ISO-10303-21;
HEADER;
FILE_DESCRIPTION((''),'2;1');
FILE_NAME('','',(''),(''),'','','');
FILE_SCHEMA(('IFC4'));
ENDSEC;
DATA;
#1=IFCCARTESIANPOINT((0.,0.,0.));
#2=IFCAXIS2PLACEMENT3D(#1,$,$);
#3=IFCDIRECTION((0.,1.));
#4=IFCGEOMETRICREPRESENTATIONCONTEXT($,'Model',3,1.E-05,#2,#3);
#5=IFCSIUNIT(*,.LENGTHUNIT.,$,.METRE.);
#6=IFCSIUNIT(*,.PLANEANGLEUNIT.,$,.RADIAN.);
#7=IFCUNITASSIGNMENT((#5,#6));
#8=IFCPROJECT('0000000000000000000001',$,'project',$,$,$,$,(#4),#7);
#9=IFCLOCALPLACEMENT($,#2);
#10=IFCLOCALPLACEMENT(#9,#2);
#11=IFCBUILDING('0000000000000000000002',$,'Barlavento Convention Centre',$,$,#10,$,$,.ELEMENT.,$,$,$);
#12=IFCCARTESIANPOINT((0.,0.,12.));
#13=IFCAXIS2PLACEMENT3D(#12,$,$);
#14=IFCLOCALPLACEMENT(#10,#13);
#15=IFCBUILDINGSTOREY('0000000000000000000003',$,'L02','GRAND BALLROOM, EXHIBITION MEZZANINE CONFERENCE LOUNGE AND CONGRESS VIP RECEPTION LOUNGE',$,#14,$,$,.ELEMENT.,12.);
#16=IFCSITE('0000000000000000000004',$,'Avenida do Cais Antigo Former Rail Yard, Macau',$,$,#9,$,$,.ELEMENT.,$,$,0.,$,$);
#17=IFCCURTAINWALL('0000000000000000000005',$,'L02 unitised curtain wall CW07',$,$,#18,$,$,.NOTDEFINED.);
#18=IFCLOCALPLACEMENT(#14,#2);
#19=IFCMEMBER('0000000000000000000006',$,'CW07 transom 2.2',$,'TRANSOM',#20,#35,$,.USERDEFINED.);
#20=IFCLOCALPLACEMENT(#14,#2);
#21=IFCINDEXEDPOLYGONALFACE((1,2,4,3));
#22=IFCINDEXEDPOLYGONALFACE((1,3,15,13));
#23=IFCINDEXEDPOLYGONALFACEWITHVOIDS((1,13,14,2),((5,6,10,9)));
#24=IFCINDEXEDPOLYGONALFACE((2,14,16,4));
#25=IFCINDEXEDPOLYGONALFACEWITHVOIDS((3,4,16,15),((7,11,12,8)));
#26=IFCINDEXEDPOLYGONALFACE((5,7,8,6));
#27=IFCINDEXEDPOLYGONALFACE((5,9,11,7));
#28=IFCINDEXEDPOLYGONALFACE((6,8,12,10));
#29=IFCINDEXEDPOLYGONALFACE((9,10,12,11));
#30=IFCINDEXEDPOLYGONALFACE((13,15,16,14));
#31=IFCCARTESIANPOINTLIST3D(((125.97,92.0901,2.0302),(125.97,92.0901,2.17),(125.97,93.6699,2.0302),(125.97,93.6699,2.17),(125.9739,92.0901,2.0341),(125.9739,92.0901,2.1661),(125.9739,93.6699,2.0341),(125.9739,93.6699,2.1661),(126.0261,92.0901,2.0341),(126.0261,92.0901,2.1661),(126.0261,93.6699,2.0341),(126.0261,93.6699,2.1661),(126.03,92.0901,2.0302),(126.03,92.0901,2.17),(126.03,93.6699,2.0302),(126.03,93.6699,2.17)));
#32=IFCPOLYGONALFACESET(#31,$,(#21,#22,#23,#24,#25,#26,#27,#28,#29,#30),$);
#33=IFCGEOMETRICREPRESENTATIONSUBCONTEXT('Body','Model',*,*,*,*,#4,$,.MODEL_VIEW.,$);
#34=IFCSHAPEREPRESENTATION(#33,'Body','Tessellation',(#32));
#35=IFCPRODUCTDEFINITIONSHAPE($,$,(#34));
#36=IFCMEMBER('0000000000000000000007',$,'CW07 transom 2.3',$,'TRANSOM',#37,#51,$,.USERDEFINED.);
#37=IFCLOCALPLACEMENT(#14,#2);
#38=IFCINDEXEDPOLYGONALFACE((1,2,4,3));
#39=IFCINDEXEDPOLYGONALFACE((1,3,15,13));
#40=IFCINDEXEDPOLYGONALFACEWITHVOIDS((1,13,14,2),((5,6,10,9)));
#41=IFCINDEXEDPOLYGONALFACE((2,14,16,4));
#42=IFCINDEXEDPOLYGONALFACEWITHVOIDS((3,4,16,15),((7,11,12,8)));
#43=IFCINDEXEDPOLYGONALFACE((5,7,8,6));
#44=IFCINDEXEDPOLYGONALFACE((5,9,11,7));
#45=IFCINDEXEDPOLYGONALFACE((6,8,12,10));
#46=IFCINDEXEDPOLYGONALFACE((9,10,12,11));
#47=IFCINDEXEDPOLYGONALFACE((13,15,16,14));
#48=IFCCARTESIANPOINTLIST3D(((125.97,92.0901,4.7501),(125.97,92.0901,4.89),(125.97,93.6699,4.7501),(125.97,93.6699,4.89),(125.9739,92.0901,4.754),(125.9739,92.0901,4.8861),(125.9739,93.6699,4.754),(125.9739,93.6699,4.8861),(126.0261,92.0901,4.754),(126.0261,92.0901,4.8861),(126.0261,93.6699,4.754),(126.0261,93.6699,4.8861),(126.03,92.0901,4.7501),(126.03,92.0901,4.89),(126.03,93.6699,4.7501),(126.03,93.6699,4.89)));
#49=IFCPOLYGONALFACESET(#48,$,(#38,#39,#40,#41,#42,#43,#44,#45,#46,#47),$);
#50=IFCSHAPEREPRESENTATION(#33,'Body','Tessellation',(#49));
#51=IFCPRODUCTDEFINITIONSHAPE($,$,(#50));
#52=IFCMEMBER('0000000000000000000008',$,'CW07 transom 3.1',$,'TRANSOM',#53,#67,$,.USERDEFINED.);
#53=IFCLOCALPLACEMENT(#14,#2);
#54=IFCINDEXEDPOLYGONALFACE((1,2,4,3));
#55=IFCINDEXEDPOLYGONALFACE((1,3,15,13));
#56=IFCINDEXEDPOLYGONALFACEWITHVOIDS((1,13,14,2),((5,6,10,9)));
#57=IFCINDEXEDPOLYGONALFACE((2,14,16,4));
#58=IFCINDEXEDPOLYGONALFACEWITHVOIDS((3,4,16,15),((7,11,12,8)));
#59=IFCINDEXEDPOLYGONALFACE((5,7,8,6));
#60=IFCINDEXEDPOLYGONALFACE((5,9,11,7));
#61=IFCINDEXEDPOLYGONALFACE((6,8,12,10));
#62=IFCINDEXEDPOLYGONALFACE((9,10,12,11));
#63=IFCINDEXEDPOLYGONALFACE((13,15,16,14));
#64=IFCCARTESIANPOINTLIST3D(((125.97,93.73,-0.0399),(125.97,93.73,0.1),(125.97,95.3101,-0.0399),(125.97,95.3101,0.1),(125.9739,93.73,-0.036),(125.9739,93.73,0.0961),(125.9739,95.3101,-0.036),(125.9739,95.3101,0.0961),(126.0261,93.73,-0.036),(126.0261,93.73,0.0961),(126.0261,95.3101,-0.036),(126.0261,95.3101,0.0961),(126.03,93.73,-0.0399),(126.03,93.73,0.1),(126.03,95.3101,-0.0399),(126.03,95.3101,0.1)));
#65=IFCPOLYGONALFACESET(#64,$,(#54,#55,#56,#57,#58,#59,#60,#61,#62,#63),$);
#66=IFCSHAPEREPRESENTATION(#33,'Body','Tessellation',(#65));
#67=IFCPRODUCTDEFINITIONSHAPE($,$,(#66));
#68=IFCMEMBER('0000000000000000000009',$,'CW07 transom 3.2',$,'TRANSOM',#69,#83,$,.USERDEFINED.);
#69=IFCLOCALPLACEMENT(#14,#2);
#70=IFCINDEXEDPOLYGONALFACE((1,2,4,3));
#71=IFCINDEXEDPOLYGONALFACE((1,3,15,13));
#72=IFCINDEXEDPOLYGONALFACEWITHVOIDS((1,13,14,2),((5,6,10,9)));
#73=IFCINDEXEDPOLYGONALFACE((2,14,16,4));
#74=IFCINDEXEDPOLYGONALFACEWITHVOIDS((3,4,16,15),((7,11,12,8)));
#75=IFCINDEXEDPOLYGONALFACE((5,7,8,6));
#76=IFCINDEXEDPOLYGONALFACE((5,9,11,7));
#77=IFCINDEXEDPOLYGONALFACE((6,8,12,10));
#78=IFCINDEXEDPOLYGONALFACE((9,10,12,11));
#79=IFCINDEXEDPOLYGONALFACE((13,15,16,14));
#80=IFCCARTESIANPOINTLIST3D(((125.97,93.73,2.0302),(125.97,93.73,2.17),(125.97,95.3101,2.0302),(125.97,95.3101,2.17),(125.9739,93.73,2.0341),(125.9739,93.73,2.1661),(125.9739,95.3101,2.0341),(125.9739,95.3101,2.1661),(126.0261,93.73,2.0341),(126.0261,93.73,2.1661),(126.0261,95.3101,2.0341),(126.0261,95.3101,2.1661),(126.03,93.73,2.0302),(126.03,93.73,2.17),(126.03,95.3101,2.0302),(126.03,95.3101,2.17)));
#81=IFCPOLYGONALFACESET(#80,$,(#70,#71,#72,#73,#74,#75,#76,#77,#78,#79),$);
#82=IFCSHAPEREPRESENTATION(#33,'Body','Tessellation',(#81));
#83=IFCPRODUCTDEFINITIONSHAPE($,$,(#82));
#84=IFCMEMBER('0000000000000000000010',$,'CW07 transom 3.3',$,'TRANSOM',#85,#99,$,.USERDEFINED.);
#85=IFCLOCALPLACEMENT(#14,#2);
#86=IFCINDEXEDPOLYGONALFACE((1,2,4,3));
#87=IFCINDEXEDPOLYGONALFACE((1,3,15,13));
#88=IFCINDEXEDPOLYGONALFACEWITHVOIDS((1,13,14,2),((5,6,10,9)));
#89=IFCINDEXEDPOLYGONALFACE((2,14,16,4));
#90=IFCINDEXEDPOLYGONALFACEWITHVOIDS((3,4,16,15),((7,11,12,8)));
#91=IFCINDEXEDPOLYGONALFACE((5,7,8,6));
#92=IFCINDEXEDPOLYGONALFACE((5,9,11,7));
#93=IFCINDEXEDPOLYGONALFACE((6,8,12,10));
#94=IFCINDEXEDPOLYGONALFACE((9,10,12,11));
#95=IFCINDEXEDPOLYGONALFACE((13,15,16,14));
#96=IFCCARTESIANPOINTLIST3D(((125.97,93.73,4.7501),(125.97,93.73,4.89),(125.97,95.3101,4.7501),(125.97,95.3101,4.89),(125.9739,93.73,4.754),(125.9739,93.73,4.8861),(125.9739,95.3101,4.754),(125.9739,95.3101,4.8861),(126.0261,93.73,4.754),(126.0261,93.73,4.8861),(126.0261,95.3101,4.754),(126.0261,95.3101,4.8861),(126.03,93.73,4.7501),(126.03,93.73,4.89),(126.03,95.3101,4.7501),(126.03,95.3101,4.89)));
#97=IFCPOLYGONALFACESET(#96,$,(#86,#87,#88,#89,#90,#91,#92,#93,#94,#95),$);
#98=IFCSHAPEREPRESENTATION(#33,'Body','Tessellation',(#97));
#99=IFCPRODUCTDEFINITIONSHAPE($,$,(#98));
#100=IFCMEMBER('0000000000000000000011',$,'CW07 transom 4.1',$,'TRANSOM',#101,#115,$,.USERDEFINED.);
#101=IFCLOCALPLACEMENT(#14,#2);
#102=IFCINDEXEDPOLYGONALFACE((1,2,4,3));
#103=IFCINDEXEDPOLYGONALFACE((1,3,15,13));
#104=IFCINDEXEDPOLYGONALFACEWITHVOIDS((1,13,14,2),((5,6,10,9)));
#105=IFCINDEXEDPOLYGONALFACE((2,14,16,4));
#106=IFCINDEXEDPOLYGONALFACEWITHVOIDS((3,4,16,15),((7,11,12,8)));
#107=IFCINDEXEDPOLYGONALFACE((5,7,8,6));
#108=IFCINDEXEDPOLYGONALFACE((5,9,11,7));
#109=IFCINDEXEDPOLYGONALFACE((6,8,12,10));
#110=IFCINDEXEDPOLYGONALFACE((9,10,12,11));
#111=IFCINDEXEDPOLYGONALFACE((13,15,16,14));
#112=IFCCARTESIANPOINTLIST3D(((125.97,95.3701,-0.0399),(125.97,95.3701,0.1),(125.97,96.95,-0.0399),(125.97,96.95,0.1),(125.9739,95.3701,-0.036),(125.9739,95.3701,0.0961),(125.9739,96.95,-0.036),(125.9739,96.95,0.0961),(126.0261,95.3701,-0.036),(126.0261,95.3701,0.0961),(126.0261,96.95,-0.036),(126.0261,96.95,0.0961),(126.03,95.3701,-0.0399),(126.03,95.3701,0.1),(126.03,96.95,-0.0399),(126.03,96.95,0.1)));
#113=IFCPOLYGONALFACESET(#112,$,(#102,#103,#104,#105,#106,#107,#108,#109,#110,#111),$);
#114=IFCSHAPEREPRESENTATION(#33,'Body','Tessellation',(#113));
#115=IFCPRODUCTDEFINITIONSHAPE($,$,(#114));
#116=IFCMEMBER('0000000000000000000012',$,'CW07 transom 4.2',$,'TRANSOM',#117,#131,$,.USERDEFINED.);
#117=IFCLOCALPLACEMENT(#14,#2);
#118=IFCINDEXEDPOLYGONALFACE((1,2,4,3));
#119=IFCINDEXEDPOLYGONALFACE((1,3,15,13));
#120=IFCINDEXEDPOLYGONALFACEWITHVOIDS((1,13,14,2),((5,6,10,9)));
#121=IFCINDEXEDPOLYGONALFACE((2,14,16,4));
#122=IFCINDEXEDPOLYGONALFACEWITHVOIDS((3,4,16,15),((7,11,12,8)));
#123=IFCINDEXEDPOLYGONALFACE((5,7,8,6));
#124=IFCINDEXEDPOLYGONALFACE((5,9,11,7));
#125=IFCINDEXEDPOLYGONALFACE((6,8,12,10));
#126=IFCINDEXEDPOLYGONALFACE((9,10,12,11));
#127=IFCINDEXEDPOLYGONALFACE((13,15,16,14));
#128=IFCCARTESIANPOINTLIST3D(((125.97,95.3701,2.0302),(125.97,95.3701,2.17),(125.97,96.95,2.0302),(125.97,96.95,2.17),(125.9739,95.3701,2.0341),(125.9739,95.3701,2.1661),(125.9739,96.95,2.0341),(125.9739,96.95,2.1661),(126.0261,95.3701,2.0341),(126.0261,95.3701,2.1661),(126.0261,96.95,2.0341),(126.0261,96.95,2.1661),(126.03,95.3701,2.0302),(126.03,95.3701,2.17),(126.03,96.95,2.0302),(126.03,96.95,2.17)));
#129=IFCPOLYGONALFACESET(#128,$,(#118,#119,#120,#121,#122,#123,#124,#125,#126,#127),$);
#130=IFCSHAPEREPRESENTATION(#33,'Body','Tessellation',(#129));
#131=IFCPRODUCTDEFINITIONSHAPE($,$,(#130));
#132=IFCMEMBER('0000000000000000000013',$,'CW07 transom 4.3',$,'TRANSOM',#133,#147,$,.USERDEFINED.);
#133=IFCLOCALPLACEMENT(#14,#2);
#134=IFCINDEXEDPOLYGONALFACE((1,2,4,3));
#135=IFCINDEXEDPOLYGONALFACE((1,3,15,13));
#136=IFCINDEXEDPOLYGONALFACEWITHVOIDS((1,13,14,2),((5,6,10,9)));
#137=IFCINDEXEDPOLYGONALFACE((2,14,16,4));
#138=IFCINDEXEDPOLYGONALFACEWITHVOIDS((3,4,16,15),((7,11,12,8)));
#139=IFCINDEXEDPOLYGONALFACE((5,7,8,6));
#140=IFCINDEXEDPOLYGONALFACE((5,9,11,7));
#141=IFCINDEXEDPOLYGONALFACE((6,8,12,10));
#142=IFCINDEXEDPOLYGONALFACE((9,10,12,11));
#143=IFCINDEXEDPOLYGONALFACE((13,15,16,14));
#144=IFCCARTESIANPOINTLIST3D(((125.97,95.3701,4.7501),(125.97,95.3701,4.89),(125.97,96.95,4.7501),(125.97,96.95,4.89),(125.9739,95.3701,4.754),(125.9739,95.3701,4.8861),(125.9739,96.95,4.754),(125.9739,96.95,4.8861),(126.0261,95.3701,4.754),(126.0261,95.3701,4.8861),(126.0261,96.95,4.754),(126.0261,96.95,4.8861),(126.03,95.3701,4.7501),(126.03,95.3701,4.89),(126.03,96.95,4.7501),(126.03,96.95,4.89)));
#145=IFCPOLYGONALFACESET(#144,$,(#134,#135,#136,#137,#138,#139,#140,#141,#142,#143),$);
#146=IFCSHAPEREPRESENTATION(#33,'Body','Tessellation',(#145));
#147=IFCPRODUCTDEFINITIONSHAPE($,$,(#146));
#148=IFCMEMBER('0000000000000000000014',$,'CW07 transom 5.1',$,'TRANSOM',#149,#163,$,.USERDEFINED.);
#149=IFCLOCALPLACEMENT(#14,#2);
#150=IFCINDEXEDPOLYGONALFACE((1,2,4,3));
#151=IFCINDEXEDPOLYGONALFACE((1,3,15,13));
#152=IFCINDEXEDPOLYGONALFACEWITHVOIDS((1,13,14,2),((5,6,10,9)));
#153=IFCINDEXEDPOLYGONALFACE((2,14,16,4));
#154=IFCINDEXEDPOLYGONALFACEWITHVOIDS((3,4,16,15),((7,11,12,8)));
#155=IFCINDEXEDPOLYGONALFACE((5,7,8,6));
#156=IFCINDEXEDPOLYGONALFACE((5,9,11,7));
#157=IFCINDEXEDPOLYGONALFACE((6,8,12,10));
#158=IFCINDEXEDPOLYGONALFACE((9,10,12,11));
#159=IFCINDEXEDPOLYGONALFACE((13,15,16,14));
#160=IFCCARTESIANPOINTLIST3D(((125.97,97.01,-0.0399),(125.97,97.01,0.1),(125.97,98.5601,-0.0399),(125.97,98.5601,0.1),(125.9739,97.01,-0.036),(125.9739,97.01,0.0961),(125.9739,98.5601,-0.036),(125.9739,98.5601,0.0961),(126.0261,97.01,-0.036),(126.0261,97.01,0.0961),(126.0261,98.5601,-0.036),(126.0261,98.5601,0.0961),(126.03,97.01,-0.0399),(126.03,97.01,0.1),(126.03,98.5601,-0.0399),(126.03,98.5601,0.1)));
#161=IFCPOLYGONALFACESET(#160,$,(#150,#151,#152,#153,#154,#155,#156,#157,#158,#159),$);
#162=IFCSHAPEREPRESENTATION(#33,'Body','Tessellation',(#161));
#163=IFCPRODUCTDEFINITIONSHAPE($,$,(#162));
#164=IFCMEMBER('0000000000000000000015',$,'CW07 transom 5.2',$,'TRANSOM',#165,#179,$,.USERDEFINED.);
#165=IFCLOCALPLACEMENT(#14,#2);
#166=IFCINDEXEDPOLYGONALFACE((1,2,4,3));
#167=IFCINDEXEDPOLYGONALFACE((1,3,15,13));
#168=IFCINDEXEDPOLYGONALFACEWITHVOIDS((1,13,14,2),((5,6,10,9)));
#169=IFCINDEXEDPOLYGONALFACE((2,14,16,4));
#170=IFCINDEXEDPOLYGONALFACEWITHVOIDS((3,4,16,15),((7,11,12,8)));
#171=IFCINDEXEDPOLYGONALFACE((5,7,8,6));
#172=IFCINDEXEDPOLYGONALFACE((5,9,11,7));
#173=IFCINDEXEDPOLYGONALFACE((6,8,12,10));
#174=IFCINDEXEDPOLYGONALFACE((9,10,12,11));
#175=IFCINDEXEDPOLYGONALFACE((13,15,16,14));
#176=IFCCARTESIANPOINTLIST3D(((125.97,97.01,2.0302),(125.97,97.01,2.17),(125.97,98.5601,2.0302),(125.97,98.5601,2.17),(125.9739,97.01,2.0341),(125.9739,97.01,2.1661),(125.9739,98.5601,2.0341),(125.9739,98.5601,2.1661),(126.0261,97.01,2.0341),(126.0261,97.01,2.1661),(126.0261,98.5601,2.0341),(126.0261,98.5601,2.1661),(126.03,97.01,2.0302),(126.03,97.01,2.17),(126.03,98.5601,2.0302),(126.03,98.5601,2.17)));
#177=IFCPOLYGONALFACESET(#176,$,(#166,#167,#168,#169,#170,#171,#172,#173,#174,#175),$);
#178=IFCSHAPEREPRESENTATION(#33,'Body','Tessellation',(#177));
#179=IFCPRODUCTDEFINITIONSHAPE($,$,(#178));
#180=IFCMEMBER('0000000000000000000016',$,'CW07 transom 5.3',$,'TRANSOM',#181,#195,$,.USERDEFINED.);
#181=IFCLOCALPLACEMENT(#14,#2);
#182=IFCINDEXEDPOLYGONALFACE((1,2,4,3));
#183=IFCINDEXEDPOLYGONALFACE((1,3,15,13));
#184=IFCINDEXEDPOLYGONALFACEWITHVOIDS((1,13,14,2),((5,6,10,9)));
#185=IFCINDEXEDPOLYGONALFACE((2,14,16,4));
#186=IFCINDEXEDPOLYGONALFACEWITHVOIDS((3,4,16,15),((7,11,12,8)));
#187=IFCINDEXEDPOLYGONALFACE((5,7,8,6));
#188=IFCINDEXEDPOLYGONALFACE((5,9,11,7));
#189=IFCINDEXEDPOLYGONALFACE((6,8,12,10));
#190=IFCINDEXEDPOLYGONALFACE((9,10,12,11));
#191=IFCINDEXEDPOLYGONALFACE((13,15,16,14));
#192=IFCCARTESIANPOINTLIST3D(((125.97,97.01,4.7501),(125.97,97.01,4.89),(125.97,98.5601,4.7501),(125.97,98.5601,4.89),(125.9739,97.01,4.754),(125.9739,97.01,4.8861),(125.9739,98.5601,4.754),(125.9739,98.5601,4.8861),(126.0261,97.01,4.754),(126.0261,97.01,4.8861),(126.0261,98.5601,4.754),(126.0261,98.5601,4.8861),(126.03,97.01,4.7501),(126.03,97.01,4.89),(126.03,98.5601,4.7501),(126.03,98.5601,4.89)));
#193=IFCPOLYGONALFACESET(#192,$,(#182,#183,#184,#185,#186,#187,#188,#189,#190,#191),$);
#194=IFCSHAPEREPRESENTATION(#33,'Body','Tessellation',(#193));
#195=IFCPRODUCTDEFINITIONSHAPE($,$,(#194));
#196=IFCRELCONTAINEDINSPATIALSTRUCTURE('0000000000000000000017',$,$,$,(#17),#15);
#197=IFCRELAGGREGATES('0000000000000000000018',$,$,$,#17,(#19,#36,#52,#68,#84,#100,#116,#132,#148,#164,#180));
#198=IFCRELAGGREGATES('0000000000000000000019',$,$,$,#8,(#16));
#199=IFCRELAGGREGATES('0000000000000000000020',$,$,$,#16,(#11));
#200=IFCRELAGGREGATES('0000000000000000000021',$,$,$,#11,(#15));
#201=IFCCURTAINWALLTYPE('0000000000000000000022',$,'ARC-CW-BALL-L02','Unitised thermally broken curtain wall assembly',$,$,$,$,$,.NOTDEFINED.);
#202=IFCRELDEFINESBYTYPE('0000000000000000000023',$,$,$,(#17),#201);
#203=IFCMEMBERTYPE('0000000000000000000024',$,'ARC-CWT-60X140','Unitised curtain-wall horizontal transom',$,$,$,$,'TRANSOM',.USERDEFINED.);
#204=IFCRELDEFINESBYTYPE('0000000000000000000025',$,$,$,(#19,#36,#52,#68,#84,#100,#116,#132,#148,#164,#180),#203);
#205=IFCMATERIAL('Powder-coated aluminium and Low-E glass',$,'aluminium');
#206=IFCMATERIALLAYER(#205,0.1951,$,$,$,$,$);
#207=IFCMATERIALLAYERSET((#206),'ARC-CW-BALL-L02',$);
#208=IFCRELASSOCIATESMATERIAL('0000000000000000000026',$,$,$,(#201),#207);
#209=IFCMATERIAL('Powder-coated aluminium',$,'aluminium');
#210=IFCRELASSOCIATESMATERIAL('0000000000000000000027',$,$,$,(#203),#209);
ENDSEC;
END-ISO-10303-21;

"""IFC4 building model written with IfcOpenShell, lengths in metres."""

from ifc_helpers import new_model, si_unit, direction, frame, origin, origin_2d, place, context, subcontext, project, spatial, hollow_rectangle, extrude, material, layer, layer_set, material_profile, profile_set, type_object, element, aggregate, save


model = new_model("IFC4")

# Units and contexts
model_context = context("Model", 3, precision=1e-05, world=origin(), true_north=direction((0.0, 1.0)))
body_context = subcontext(model_context, "Body", "Model", "MODEL_VIEW")
ifc_project = project(units=[si_unit("LENGTHUNIT", "METRE"), si_unit("PLANEANGLEUNIT", "RADIAN")], contexts=[model_context])

# Site, building, storey
site_placement = place(None, origin())
site = spatial("IfcSite", under=ifc_project, at=site_placement, Name="Avenida do Cais Antigo Former Rail Yard, Macau", CompositionType="ELEMENT", RefElevation=0.0)
building_placement = place(site_placement, origin())
building = spatial("IfcBuilding", under=site, at=building_placement, Name="Barlavento Convention Centre", CompositionType="ELEMENT")
storey_placement = place(building_placement, frame((0.0, 0.0, 12.0)))
storey = spatial("IfcBuildingStorey", under=building, at=storey_placement, Name="L02", Description="GRAND BALLROOM, EXHIBITION MEZZANINE CONFERENCE LOUNGE AND CONGRESS VIP RECEPTION LOUNGE", CompositionType="ELEMENT", Elevation=12.0)

# Curtain wall
ifc_material_1 = material(Name="Powder-coated aluminium and Low-E glass", Category="aluminium")
ifc_layer_1 = layer(ifc_material_1, 0.1951)
ifc_layer_set_1 = layer_set([ifc_layer_1], Name="ARC-CW-BALL-L02")
curtain_wall_type = type_object("IfcCurtainWallType", Name="ARC-CW-BALL-L02", Description="Unitised thermally broken curtain wall assembly", PredefinedType="NOTDEFINED", material=ifc_layer_set_1)
curtain_wall_1_placement = place(storey_placement, origin())
curtain_wall_1 = element("IfcCurtainWall", 1, at=curtain_wall_1_placement, inside=storey, type_object=curtain_wall_type, Name="L02 unitised curtain wall CW07", PredefinedType="NOTDEFINED")
ifc_material_2 = material(Name="Powder-coated aluminium", Category="aluminium")

# Members
ifc_material_profile_1 = material_profile(ifc_material_2, hollow_rectangle(XDim=0.0601, YDim=0.1399, WallThickness=0.0039, at=origin_2d()), Name="AL-TRAN 60x140x4")
ifc_profile_set_1 = profile_set([ifc_material_profile_1], Name="Powder-coated aluminium")
member_type_1 = type_object("IfcMemberType", Name="ARC-CWT-60X140", Description="Unitised curtain-wall horizontal transom", ElementType="TRANSOM", PredefinedType="USERDEFINED", material=ifc_profile_set_1)
member_1_placement = place(storey_placement, frame((126.0, 92.0901, 2.1001), z_axis=(0.0, 1.0, 0.0), x_axis=(-1.0, 0.0, 0.0)))
member_1 = element("IfcMember", 2, at=member_1_placement, type_object=member_type_1, Name="CW07 transom 2.2", ObjectType="TRANSOM", PredefinedType="USERDEFINED", context=body_context, shape_type="SweptSolid", body=[
    extrude(hollow_rectangle(XDim=0.0601, YDim=0.1399, WallThickness=0.0039, at=origin_2d()), origin(), (0.0, 0.0, 1.0), 1.5798),
])
member_2_placement = place(storey_placement, frame((126.0, 92.0901, 4.8201), z_axis=(0.0, 1.0, 0.0), x_axis=(-1.0, 0.0, 0.0)))
member_2 = element("IfcMember", 3, at=member_2_placement, type_object=member_type_1, Name="CW07 transom 2.3", ObjectType="TRANSOM", PredefinedType="USERDEFINED", context=body_context, shape_type="SweptSolid", body=[
    extrude(hollow_rectangle(XDim=0.0601, YDim=0.1399, WallThickness=0.0039, at=origin_2d()), origin(), (0.0, 0.0, 1.0), 1.5798),
])
member_3_placement = place(storey_placement, frame((126.0, 93.73, 0.03), z_axis=(0.0, 1.0, 0.0), x_axis=(-1.0, 0.0, 0.0)))
member_3 = element("IfcMember", 4, at=member_3_placement, type_object=member_type_1, Name="CW07 transom 3.1", ObjectType="TRANSOM", PredefinedType="USERDEFINED", context=body_context, shape_type="SweptSolid", body=[
    extrude(hollow_rectangle(XDim=0.0601, YDim=0.1399, WallThickness=0.0039, at=origin_2d()), origin(), (0.0, 0.0, 1.0), 1.5801),
])
member_4_placement = place(storey_placement, frame((126.0, 93.73, 2.1001), z_axis=(0.0, 1.0, 0.0), x_axis=(-1.0, 0.0, 0.0)))
member_4 = element("IfcMember", 5, at=member_4_placement, type_object=member_type_1, Name="CW07 transom 3.2", ObjectType="TRANSOM", PredefinedType="USERDEFINED", context=body_context, shape_type="SweptSolid", body=[
    extrude(hollow_rectangle(XDim=0.0601, YDim=0.1399, WallThickness=0.0039, at=origin_2d()), origin(), (0.0, 0.0, 1.0), 1.5801),
])
member_5_placement = place(storey_placement, frame((126.0, 93.73, 4.8201), z_axis=(0.0, 1.0, 0.0), x_axis=(-1.0, 0.0, 0.0)))
member_5 = element("IfcMember", 6, at=member_5_placement, type_object=member_type_1, Name="CW07 transom 3.3", ObjectType="TRANSOM", PredefinedType="USERDEFINED", context=body_context, shape_type="SweptSolid", body=[
    extrude(hollow_rectangle(XDim=0.0601, YDim=0.1399, WallThickness=0.0039, at=origin_2d()), origin(), (0.0, 0.0, 1.0), 1.5801),
])
member_6_placement = place(storey_placement, frame((126.0, 95.3701, 0.03), z_axis=(0.0, 1.0, 0.0), x_axis=(-1.0, 0.0, 0.0)))
member_6 = element("IfcMember", 7, at=member_6_placement, type_object=member_type_1, Name="CW07 transom 4.1", ObjectType="TRANSOM", PredefinedType="USERDEFINED", context=body_context, shape_type="SweptSolid", body=[
    extrude(hollow_rectangle(XDim=0.0601, YDim=0.1399, WallThickness=0.0039, at=origin_2d()), origin(), (0.0, 0.0, 1.0), 1.5798),
])
member_7_placement = place(storey_placement, frame((126.0, 95.3701, 2.1001), z_axis=(0.0, 1.0, 0.0), x_axis=(-1.0, 0.0, 0.0)))
member_7 = element("IfcMember", 8, at=member_7_placement, type_object=member_type_1, Name="CW07 transom 4.2", ObjectType="TRANSOM", PredefinedType="USERDEFINED", context=body_context, shape_type="SweptSolid", body=[
    extrude(hollow_rectangle(XDim=0.0601, YDim=0.1399, WallThickness=0.0039, at=origin_2d()), origin(), (0.0, 0.0, 1.0), 1.5798),
])
member_8_placement = place(storey_placement, frame((126.0, 95.3701, 4.8201), z_axis=(0.0, 1.0, 0.0), x_axis=(-1.0, 0.0, 0.0)))
member_8 = element("IfcMember", 9, at=member_8_placement, type_object=member_type_1, Name="CW07 transom 4.3", ObjectType="TRANSOM", PredefinedType="USERDEFINED", context=body_context, shape_type="SweptSolid", body=[
    extrude(hollow_rectangle(XDim=0.0601, YDim=0.1399, WallThickness=0.0039, at=origin_2d()), origin(), (0.0, 0.0, 1.0), 1.5798),
])
member_9_placement = place(storey_placement, frame((126.0, 97.01, 0.03), z_axis=(0.0, 1.0, 0.0), x_axis=(-1.0, 0.0, 0.0)))
member_9 = element("IfcMember", 10, at=member_9_placement, type_object=member_type_1, Name="CW07 transom 5.1", ObjectType="TRANSOM", PredefinedType="USERDEFINED", context=body_context, shape_type="SweptSolid", body=[
    extrude(hollow_rectangle(XDim=0.0601, YDim=0.1399, WallThickness=0.0039, at=origin_2d()), origin(), (0.0, 0.0, 1.0), 1.55),
])
member_10_placement = place(storey_placement, frame((126.0, 97.01, 2.1001), z_axis=(0.0, 1.0, 0.0), x_axis=(-1.0, 0.0, 0.0)))
member_10 = element("IfcMember", 11, at=member_10_placement, type_object=member_type_1, Name="CW07 transom 5.2", ObjectType="TRANSOM", PredefinedType="USERDEFINED", context=body_context, shape_type="SweptSolid", body=[
    extrude(hollow_rectangle(XDim=0.0601, YDim=0.1399, WallThickness=0.0039, at=origin_2d()), origin(), (0.0, 0.0, 1.0), 1.55),
])
member_11_placement = place(storey_placement, frame((126.0, 97.01, 4.8201), z_axis=(0.0, 1.0, 0.0), x_axis=(-1.0, 0.0, 0.0)))
member_11 = element("IfcMember", 12, at=member_11_placement, type_object=member_type_1, Name="CW07 transom 5.3", ObjectType="TRANSOM", PredefinedType="USERDEFINED", context=body_context, shape_type="SweptSolid", body=[
    extrude(hollow_rectangle(XDim=0.0601, YDim=0.1399, WallThickness=0.0039, at=origin_2d()), origin(), (0.0, 0.0, 1.0), 1.55),
])

aggregate(curtain_wall_1, [member_1, member_2, member_3, member_4, member_5, member_6, member_7, member_8, member_9, member_10, member_11])

save(model, "model.ifc")
